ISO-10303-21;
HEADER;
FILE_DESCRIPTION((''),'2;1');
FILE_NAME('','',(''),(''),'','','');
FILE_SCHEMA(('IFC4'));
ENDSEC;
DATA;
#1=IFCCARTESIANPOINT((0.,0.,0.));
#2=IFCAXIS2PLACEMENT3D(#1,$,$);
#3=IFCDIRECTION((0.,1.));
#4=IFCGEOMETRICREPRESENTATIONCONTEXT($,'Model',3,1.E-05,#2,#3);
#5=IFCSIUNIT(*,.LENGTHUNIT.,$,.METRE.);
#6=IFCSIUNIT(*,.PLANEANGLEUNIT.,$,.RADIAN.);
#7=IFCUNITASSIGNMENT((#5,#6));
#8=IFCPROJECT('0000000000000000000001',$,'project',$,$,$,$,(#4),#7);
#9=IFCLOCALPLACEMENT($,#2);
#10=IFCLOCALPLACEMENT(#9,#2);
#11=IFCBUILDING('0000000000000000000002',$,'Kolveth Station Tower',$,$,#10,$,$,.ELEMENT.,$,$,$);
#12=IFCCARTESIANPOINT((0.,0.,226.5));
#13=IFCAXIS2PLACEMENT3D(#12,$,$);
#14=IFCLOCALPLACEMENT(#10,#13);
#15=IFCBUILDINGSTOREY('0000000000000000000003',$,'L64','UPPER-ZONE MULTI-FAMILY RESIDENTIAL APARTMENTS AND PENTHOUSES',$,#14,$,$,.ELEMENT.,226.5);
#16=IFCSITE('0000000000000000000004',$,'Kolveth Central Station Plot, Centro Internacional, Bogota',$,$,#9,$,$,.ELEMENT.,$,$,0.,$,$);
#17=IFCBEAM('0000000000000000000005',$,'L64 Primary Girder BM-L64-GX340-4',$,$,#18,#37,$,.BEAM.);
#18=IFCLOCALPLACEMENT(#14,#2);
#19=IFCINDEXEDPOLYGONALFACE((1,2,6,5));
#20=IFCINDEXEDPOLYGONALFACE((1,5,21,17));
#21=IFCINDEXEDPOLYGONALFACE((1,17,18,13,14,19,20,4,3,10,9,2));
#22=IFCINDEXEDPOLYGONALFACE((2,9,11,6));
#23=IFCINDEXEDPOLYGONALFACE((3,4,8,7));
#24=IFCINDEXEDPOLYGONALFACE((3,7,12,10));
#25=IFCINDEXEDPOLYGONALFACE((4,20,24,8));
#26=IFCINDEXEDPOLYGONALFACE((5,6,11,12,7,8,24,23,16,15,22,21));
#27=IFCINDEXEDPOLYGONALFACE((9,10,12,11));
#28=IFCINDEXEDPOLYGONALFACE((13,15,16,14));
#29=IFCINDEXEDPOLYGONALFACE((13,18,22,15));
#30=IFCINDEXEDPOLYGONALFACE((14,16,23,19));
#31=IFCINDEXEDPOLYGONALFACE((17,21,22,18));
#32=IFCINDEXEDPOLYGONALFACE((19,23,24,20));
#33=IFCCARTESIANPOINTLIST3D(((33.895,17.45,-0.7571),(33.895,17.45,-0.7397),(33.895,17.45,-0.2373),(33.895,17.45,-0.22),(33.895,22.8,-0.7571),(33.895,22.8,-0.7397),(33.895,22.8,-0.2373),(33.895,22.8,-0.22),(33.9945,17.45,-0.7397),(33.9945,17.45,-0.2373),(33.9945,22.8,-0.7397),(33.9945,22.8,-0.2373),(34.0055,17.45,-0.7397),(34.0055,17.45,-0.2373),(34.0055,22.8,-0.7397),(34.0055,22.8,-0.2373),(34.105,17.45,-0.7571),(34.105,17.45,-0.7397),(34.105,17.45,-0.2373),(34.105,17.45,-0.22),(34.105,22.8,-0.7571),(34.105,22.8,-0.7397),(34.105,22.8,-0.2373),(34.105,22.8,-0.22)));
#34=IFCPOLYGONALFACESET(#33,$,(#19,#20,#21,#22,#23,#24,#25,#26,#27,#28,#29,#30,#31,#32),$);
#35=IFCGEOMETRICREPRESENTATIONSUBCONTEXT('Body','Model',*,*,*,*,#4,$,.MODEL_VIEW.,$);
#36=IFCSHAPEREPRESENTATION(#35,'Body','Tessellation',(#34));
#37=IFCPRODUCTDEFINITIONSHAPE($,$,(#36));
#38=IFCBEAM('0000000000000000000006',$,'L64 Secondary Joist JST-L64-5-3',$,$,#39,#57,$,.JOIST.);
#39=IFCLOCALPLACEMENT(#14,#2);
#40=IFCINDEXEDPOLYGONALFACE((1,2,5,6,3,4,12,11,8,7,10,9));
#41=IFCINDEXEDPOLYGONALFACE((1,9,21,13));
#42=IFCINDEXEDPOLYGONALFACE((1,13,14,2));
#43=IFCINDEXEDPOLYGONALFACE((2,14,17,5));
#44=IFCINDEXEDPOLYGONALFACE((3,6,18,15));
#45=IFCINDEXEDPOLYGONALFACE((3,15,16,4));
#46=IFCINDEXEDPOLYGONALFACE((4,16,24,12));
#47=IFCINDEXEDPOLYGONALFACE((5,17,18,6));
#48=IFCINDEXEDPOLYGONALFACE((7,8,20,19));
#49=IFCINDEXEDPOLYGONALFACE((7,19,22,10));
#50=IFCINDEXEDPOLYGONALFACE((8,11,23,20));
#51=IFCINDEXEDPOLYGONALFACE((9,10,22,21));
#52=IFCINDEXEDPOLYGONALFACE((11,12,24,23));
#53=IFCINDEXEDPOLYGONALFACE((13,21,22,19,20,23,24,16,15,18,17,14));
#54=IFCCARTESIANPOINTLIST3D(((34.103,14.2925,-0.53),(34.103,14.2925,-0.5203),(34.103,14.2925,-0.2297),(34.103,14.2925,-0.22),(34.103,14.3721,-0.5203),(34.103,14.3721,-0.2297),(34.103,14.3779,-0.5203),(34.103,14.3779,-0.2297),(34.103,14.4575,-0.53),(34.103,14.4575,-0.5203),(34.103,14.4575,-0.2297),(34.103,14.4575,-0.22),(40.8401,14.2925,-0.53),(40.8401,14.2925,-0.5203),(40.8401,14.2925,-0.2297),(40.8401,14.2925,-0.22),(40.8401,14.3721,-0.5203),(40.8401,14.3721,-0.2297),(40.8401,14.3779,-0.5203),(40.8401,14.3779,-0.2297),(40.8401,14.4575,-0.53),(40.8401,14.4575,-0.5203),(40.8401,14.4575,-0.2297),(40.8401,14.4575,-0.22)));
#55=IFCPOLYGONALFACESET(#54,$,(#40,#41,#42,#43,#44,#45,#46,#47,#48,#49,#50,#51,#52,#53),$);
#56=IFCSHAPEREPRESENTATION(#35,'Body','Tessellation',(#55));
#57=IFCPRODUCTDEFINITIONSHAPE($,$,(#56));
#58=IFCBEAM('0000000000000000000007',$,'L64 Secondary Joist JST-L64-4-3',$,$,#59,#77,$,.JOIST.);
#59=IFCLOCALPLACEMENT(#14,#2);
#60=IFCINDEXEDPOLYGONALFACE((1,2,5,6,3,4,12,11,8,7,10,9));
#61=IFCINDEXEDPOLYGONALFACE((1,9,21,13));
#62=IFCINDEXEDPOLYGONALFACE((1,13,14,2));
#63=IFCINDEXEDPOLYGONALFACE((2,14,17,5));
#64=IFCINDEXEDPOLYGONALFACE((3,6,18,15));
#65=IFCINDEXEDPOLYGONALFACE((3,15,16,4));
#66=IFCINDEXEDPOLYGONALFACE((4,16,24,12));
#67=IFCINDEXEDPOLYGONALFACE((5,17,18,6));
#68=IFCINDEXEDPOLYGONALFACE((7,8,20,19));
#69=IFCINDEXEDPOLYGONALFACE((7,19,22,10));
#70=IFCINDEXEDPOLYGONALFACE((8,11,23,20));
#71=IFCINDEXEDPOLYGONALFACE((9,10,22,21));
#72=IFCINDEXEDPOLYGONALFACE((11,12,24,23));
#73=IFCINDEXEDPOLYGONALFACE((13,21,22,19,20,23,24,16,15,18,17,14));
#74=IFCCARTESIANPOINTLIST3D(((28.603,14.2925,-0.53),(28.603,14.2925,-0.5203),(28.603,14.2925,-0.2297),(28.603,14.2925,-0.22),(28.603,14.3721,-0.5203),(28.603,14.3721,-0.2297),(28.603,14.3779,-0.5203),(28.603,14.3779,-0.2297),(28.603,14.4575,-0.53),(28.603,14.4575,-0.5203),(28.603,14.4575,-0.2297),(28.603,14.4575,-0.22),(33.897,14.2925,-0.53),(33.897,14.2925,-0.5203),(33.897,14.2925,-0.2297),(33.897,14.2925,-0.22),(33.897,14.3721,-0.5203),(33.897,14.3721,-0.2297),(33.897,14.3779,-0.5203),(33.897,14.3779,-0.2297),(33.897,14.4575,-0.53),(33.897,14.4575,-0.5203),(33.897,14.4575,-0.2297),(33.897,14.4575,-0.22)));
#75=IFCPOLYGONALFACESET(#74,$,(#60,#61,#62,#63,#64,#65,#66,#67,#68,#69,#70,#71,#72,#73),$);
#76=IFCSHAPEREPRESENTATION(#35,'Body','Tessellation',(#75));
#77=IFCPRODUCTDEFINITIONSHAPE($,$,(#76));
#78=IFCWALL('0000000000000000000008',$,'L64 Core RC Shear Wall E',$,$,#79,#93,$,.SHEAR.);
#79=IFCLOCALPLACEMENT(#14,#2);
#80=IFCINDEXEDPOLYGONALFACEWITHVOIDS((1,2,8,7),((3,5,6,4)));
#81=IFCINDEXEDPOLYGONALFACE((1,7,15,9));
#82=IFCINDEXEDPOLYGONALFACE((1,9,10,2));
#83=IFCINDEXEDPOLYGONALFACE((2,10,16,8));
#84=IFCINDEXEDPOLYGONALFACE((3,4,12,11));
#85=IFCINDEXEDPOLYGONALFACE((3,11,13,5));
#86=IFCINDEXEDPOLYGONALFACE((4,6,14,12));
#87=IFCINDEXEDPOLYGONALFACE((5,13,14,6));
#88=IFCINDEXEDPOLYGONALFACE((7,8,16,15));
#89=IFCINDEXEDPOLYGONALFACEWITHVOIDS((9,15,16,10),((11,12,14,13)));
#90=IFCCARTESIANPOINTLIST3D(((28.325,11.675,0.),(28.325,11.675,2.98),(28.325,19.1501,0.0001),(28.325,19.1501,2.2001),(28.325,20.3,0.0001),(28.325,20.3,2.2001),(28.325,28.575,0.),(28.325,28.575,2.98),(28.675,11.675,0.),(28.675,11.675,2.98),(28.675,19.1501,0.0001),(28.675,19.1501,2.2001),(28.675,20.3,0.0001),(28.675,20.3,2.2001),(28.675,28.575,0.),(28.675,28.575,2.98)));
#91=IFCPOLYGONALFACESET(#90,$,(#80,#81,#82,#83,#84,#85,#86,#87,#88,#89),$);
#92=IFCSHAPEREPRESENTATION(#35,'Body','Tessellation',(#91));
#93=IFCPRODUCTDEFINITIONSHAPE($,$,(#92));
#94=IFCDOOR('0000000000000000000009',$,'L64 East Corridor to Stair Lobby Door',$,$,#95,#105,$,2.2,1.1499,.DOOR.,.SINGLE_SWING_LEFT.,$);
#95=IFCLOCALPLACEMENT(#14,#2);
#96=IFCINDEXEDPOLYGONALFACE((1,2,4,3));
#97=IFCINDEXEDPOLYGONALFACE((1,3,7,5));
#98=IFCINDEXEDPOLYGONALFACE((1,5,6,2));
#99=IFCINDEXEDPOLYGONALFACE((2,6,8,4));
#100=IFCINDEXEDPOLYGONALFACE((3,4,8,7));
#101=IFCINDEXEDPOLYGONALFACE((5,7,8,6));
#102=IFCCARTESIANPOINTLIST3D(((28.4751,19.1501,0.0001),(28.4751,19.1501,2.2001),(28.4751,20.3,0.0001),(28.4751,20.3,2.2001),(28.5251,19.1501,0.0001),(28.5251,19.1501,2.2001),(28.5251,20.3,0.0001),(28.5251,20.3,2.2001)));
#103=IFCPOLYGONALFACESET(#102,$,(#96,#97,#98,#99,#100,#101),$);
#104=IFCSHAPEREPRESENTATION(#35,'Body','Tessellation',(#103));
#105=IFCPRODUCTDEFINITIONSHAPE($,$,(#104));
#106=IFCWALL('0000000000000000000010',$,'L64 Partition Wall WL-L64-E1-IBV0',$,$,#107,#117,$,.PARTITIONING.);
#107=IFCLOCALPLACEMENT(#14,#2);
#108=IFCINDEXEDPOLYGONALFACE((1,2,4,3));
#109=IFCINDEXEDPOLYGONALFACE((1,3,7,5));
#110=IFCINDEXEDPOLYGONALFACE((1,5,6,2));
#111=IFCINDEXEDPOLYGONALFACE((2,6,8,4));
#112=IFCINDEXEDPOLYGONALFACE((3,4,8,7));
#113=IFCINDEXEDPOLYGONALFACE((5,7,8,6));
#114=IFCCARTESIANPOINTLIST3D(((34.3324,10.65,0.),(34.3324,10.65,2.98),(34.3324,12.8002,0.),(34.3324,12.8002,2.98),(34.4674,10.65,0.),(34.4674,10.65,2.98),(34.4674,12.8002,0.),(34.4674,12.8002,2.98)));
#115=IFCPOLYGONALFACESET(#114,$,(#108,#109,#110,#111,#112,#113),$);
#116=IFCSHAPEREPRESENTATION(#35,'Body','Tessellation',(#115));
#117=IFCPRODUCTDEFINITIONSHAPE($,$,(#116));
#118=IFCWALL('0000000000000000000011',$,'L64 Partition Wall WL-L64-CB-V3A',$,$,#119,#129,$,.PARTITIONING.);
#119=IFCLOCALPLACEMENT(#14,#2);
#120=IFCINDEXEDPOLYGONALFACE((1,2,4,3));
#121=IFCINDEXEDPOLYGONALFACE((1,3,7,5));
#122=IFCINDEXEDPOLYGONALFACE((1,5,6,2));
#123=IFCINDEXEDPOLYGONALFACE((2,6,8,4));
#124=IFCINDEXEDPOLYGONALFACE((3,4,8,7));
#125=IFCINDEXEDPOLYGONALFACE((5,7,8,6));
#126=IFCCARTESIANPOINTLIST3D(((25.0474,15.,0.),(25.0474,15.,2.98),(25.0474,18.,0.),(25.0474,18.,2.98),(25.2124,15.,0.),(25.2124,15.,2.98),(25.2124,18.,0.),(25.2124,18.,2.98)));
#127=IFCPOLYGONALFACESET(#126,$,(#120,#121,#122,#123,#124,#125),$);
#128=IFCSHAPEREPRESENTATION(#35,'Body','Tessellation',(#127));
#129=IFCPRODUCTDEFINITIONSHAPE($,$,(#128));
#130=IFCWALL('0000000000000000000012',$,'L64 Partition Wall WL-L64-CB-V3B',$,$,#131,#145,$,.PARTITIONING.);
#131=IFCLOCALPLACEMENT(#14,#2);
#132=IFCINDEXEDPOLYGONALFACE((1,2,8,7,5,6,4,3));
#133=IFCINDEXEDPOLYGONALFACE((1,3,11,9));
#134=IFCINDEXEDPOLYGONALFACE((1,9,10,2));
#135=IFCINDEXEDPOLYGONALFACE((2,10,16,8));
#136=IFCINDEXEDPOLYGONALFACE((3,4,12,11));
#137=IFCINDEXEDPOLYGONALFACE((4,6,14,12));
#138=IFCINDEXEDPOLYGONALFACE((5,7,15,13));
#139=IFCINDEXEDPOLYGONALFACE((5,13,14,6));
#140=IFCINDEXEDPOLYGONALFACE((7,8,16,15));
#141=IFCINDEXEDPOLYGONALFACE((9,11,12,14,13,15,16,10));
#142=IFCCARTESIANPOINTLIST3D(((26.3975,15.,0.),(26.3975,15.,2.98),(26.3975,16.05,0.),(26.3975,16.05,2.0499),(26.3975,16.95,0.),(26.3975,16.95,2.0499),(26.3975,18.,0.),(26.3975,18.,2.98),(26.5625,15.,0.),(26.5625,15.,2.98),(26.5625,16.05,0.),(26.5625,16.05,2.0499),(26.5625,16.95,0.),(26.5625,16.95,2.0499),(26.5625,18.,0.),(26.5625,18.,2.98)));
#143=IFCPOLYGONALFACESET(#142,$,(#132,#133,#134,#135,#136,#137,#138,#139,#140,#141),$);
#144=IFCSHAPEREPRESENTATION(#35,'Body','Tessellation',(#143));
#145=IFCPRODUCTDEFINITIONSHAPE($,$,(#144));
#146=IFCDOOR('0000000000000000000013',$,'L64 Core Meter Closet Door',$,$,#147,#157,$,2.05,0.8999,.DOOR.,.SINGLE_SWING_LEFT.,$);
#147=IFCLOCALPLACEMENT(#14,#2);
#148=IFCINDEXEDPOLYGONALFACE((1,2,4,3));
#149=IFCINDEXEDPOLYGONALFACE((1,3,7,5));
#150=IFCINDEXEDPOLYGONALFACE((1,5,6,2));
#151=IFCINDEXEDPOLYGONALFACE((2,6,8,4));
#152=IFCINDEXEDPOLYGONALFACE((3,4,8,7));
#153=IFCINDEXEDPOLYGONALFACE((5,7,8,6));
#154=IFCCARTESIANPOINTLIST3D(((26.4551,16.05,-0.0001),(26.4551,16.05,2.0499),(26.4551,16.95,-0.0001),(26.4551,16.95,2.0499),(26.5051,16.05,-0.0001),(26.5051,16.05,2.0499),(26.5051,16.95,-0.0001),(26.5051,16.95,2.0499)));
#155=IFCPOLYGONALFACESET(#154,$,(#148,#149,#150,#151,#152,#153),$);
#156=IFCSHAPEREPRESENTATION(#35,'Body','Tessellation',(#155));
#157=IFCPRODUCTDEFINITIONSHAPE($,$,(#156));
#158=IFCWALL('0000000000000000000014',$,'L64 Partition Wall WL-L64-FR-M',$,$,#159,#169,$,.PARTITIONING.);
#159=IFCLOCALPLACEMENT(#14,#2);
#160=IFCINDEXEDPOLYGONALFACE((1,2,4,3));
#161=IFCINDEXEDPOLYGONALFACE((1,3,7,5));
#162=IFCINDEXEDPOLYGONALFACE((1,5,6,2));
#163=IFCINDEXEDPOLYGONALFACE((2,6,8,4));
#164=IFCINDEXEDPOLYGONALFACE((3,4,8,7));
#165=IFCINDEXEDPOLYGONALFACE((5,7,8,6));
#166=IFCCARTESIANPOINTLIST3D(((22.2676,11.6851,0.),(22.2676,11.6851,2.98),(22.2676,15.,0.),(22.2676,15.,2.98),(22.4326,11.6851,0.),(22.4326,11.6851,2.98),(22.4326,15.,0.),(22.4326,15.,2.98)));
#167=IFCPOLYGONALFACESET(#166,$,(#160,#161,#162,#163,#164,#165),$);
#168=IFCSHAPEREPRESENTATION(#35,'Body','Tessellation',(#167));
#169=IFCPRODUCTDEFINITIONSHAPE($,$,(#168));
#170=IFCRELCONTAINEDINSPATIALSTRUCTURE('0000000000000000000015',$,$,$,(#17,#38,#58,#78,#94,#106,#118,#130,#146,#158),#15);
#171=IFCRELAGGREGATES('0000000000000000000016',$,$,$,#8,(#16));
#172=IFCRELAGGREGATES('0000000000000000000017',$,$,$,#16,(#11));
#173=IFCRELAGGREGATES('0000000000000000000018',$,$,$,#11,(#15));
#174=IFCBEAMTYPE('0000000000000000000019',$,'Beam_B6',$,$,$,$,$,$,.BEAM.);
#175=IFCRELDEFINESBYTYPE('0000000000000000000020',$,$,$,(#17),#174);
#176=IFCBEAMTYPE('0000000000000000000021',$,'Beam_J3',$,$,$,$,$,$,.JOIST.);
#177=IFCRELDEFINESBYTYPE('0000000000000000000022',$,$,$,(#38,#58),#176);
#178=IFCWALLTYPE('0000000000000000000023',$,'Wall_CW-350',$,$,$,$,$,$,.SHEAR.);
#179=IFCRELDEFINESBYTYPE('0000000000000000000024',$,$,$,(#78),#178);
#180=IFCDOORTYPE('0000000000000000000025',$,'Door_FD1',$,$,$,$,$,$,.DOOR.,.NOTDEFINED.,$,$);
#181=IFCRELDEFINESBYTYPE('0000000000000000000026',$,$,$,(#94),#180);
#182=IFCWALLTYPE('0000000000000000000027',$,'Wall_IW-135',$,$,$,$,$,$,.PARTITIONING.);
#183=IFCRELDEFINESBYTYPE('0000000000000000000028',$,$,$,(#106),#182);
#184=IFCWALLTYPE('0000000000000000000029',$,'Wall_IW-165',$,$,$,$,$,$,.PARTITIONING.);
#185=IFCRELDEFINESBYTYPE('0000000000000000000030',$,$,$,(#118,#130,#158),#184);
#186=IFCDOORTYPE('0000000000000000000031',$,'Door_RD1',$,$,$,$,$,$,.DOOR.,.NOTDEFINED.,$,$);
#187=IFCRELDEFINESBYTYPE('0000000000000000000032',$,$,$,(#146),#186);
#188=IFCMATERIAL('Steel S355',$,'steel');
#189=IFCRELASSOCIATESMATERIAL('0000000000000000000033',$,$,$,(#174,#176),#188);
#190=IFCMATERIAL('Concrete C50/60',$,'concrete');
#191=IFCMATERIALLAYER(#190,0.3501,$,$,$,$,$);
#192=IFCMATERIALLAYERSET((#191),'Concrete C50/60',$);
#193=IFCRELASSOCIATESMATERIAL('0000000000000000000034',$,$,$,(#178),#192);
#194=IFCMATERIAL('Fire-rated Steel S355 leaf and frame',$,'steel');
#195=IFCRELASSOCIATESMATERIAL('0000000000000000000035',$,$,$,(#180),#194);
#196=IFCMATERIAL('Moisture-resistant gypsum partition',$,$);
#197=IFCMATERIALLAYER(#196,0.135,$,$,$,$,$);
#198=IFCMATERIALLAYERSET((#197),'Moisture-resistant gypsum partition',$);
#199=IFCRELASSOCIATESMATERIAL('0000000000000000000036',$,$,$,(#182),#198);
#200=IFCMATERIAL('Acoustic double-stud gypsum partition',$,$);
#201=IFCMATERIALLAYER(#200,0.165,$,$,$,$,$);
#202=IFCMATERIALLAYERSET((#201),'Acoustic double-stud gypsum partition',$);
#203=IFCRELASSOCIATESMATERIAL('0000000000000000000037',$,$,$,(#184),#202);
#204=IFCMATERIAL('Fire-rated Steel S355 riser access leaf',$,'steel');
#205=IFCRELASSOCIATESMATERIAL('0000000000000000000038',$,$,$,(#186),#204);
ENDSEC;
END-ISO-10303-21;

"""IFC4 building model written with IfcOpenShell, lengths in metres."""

from ifc_helpers import new_model, si_unit, direction, frame, frame_2d, origin, origin_2d, place, context, subcontext, project, spatial, rectangle, i_section, extrude, source, transform, mapped, material, layer, layer_set, material_profile, profile_set, type_object, element, fill, save


model = new_model("IFC4")

# Units and contexts
model_context = context("Model", 3, precision=1e-05, world=origin(), true_north=direction((0.0, 1.0)))
body_context = subcontext(model_context, "Body", "Model", "MODEL_VIEW")
ifc_project = project(units=[si_unit("LENGTHUNIT", "METRE"), si_unit("PLANEANGLEUNIT", "RADIAN")], contexts=[model_context])

# Site, building, storey
site_placement = place(None, origin())
site = spatial("IfcSite", under=ifc_project, at=site_placement, Name="Kolveth Central Station Plot, Centro Internacional, Bogota", CompositionType="ELEMENT", RefElevation=0.0)
building_placement = place(site_placement, origin())
building = spatial("IfcBuilding", under=site, at=building_placement, Name="Kolveth Station Tower", CompositionType="ELEMENT")
storey_placement = place(building_placement, frame((0.0, 0.0, 226.5)))
storey = spatial("IfcBuildingStorey", under=building, at=storey_placement, Name="L64", Description="UPPER-ZONE MULTI-FAMILY RESIDENTIAL APARTMENTS AND PENTHOUSES", CompositionType="ELEMENT", Elevation=226.5)

# Shared definitions
ifc_material_1 = material(Name="Steel S355", Category="steel")

# Beams
ifc_material_profile_1 = material_profile(ifc_material_1, i_section(OverallWidth=0.21, OverallDepth=0.5371, WebThickness=0.011, FlangeThickness=0.0173, at=origin_2d()), Name="W530x101")
ifc_profile_set_1 = profile_set([ifc_material_profile_1], Name="Steel S355")
beam_type_1 = type_object("IfcBeamType", Name="Beam_B6", PredefinedType="BEAM", material=ifc_profile_set_1)
shared_shape_1 = source(origin(), body_context, "Body", "SweptSolid", [
    extrude(i_section(OverallWidth=0.21, OverallDepth=0.5371, WebThickness=0.011, FlangeThickness=0.0173, at=origin_2d()), origin(), (0.0, 0.0, 1.0), 5.3501),
])
for number, where, z_axis, x_axis, name in (
    (1, (34.0, 17.45, -0.4885), (0.0, 1.0, 0.0), (-1.0, 0.0, 0.0), "L64 Primary Girder BM-L64-GX340-4"),
):
    element("IfcBeam", number, at=place(storey_placement, frame(where, z_axis=z_axis, x_axis=x_axis)), inside=storey, type_object=beam_type_1, Name=name, PredefinedType="BEAM", context=body_context, shape_type="MappedRepresentation", body=[
        mapped(shared_shape_1, transform((0.0, 0.0, 0.0), x_axis=(1.0, 0.0, 0.0), y_axis=(0.0, 1.0, 0.0), z_axis=(0.0, 0.0, 1.0), scale=1.0)),
    ])
ifc_material_profile_2 = material_profile(ifc_material_1, i_section(OverallWidth=0.165, OverallDepth=0.3101, WebThickness=0.0059, FlangeThickness=0.0098, at=origin_2d()), Name="W310x39")
ifc_profile_set_2 = profile_set([ifc_material_profile_2], Name="Steel S355")
beam_type_2 = type_object("IfcBeamType", Name="Beam_J3", PredefinedType="JOIST", material=ifc_profile_set_2)
shared_shape_2 = source(origin(), body_context, "Body", "SweptSolid", [
    extrude(i_section(OverallWidth=0.165, OverallDepth=0.3101, WebThickness=0.0059, FlangeThickness=0.0098, at=origin_2d()), origin(), (0.0, 0.0, 1.0), 6.7371),
])
beam_1_placement = place(storey_placement, frame((34.103, 14.375, -0.375), z_axis=(1.0, 0.0, 0.0), x_axis=(0.0, 1.0, 0.0)))
element("IfcBeam", 2, at=beam_1_placement, inside=storey, type_object=beam_type_2, Name="L64 Secondary Joist JST-L64-5-3", PredefinedType="JOIST", context=body_context, shape_type="MappedRepresentation", body=[
    mapped(shared_shape_2, transform((0.0, 0.0, 0.0), x_axis=(1.0, 0.0, 0.0), y_axis=(0.0, 1.0, 0.0), z_axis=(0.0, 0.0, 1.0), scale=1.0)),
])
shared_shape_3 = source(origin(), body_context, "Body", "SweptSolid", [
    extrude(i_section(OverallWidth=0.165, OverallDepth=0.3101, WebThickness=0.0059, FlangeThickness=0.0098, at=origin_2d()), origin(), (0.0, 0.0, 1.0), 5.2939),
])
beam_2_placement = place(storey_placement, frame((28.603, 14.375, -0.375), z_axis=(1.0, 0.0, 0.0), x_axis=(0.0, 1.0, 0.0)))
element("IfcBeam", 3, at=beam_2_placement, inside=storey, type_object=beam_type_2, Name="L64 Secondary Joist JST-L64-4-3", PredefinedType="JOIST", context=body_context, shape_type="MappedRepresentation", body=[
    mapped(shared_shape_3, transform((0.0, 0.0, 0.0), x_axis=(1.0, 0.0, 0.0), y_axis=(0.0, 1.0, 0.0), z_axis=(0.0, 0.0, 1.0), scale=1.0)),
])

# Wall, opening, door
ifc_material_2 = material(Name="Concrete C50/60", Category="concrete")
ifc_layer_1 = layer(ifc_material_2, 0.3501)
ifc_layer_set_1 = layer_set([ifc_layer_1], Name="Concrete C50/60")
wall_type_1 = type_object("IfcWallType", Name="Wall_CW-350", PredefinedType="SHEAR", material=ifc_layer_set_1)
wall_1_placement = place(storey_placement, frame((28.5, 11.675, 0.0), z_axis=(0.0, 0.0, 1.0), x_axis=(0.0, 1.0, 0.0)))
wall_1 = element("IfcWall", 4, at=wall_1_placement, inside=storey, type_object=wall_type_1, Name="L64 Core RC Shear Wall E", PredefinedType="SHEAR", context=body_context, shape_type="SweptSolid", body=[
    extrude(rectangle(XDim=16.8999, YDim=0.3501, at=frame_2d((8.45, 0.0))), origin(), (0.0, 0.0, 1.0), 2.98),
])
opening_1_placement = place(wall_1_placement, frame((7.4751, 0.0, 0.0)))
opening_1 = element("IfcOpeningElement", 5, at=opening_1_placement, cuts=wall_1, PredefinedType="OPENING", context=body_context, shape_type="SweptSolid", body=[
    extrude(rectangle(XDim=1.1499, YDim=2.2, at=frame_2d((0.575, 1.1001))), frame((0.0, 0.1851, 0.0), z_axis=(0.0, -1.0, 0.0), x_axis=(1.0, 0.0, 0.0)), (0.0, 0.0, 1.0), 0.3701),
])
ifc_material_3 = material(Name="Fire-rated Steel S355 leaf and frame", Category="steel")
door_type_1 = type_object("IfcDoorType", Name="Door_FD1", OperationType="NOTDEFINED", PredefinedType="DOOR", material=ifc_material_3)
door_1_placement = place(opening_1_placement, origin())
door_1 = element("IfcDoor", 6, at=door_1_placement, inside=storey, type_object=door_type_1, Name="L64 East Corridor to Stair Lobby Door", OperationType="SINGLE_SWING_LEFT", OverallHeight=2.2, OverallWidth=1.1499, PredefinedType="DOOR", context=body_context, shape_type="SweptSolid", body=[
    extrude(rectangle(XDim=1.1499, YDim=2.2, at=frame_2d((0.575, 1.1001))), frame((0.0, 0.0249, 0.0), z_axis=(0.0, -1.0, 0.0), x_axis=(1.0, 0.0, 0.0)), (0.0, 0.0, 1.0), 0.05),
])
fill(opening_1, door_1)
ifc_material_4 = material(Name="Moisture-resistant gypsum partition")
ifc_layer_2 = layer(ifc_material_4, 0.135)
ifc_layer_set_2 = layer_set([ifc_layer_2], Name="Moisture-resistant gypsum partition")
wall_type_2 = type_object("IfcWallType", Name="Wall_IW-135", PredefinedType="PARTITIONING", material=ifc_layer_set_2)

# Walls
wall_2_placement = place(storey_placement, frame((34.3999, 10.6499, 0.0), z_axis=(0.0, 0.0, 1.0), x_axis=(0.0, 1.0, 0.0)))
element("IfcWall", 7, at=wall_2_placement, inside=storey, type_object=wall_type_2, Name="L64 Partition Wall WL-L64-E1-IBV0", PredefinedType="PARTITIONING", context=body_context, shape_type="SweptSolid", body=[
    extrude(rectangle(XDim=2.1501, YDim=0.135, at=frame_2d((1.0752, 0.0))), origin(), (0.0, 0.0, 1.0), 2.98),
])
ifc_material_5 = material(Name="Acoustic double-stud gypsum partition")
ifc_layer_3 = layer(ifc_material_5, 0.165)
ifc_layer_set_3 = layer_set([ifc_layer_3], Name="Acoustic double-stud gypsum partition")
wall_type_3 = type_object("IfcWallType", Name="Wall_IW-165", PredefinedType="PARTITIONING", material=ifc_layer_set_3)
wall_3_placement = place(storey_placement, frame((25.1299, 15.0, 0.0), z_axis=(0.0, 0.0, 1.0), x_axis=(0.0, 1.0, 0.0)))
element("IfcWall", 8, at=wall_3_placement, inside=storey, type_object=wall_type_3, Name="L64 Partition Wall WL-L64-CB-V3A", PredefinedType="PARTITIONING", context=body_context, shape_type="SweptSolid", body=[
    extrude(rectangle(XDim=3.0, YDim=0.165, at=frame_2d((1.5, 0.0))), origin(), (0.0, 0.0, 1.0), 2.98),
])

# Wall, opening, door
wall_4_placement = place(storey_placement, frame((26.48, 15.0, 0.0), z_axis=(0.0, 0.0, 1.0), x_axis=(0.0, 1.0, 0.0)))
wall_4 = element("IfcWall", 9, at=wall_4_placement, inside=storey, type_object=wall_type_3, Name="L64 Partition Wall WL-L64-CB-V3B", PredefinedType="PARTITIONING", context=body_context, shape_type="SweptSolid", body=[
    extrude(rectangle(XDim=3.0, YDim=0.165, at=frame_2d((1.5, 0.0))), origin(), (0.0, 0.0, 1.0), 2.98),
])
opening_2_placement = place(wall_4_placement, frame((1.05, 0.0, 0.0)))
opening_2 = element("IfcOpeningElement", 10, at=opening_2_placement, cuts=wall_4, PredefinedType="OPENING", context=body_context, shape_type="SweptSolid", body=[
    extrude(rectangle(XDim=0.8999, YDim=2.05, at=frame_2d((0.45, 1.0249))), frame((0.0, 0.0925, 0.0), z_axis=(0.0, -1.0, 0.0), x_axis=(1.0, 0.0, 0.0)), (0.0, 0.0, 1.0), 0.1851),
])
ifc_material_6 = material(Name="Fire-rated Steel S355 riser access leaf", Category="steel")
door_type_2 = type_object("IfcDoorType", Name="Door_RD1", OperationType="NOTDEFINED", PredefinedType="DOOR", material=ifc_material_6)
door_2_placement = place(opening_2_placement, origin())
door_2 = element("IfcDoor", 11, at=door_2_placement, inside=storey, type_object=door_type_2, Name="L64 Core Meter Closet Door", OperationType="SINGLE_SWING_LEFT", OverallHeight=2.05, OverallWidth=0.8999, PredefinedType="DOOR", context=body_context, shape_type="SweptSolid", body=[
    extrude(rectangle(XDim=0.8999, YDim=2.05, at=frame_2d((0.45, 1.0249))), frame((0.0, 0.0249, 0.0), z_axis=(0.0, -1.0, 0.0), x_axis=(1.0, 0.0, 0.0)), (0.0, 0.0, 1.0), 0.05),
])
fill(opening_2, door_2)

# Wall
wall_5_placement = place(storey_placement, frame((22.3501, 11.6851, 0.0), z_axis=(0.0, 0.0, 1.0), x_axis=(0.0, 1.0, 0.0)))
element("IfcWall", 12, at=wall_5_placement, inside=storey, type_object=wall_type_3, Name="L64 Partition Wall WL-L64-FR-M", PredefinedType="PARTITIONING", context=body_context, shape_type="SweptSolid", body=[
    extrude(rectangle(XDim=3.3149, YDim=0.165, at=frame_2d((1.6575, 0.0))), origin(), (0.0, 0.0, 1.0), 2.98),
])

save(model, "model.ifc")
